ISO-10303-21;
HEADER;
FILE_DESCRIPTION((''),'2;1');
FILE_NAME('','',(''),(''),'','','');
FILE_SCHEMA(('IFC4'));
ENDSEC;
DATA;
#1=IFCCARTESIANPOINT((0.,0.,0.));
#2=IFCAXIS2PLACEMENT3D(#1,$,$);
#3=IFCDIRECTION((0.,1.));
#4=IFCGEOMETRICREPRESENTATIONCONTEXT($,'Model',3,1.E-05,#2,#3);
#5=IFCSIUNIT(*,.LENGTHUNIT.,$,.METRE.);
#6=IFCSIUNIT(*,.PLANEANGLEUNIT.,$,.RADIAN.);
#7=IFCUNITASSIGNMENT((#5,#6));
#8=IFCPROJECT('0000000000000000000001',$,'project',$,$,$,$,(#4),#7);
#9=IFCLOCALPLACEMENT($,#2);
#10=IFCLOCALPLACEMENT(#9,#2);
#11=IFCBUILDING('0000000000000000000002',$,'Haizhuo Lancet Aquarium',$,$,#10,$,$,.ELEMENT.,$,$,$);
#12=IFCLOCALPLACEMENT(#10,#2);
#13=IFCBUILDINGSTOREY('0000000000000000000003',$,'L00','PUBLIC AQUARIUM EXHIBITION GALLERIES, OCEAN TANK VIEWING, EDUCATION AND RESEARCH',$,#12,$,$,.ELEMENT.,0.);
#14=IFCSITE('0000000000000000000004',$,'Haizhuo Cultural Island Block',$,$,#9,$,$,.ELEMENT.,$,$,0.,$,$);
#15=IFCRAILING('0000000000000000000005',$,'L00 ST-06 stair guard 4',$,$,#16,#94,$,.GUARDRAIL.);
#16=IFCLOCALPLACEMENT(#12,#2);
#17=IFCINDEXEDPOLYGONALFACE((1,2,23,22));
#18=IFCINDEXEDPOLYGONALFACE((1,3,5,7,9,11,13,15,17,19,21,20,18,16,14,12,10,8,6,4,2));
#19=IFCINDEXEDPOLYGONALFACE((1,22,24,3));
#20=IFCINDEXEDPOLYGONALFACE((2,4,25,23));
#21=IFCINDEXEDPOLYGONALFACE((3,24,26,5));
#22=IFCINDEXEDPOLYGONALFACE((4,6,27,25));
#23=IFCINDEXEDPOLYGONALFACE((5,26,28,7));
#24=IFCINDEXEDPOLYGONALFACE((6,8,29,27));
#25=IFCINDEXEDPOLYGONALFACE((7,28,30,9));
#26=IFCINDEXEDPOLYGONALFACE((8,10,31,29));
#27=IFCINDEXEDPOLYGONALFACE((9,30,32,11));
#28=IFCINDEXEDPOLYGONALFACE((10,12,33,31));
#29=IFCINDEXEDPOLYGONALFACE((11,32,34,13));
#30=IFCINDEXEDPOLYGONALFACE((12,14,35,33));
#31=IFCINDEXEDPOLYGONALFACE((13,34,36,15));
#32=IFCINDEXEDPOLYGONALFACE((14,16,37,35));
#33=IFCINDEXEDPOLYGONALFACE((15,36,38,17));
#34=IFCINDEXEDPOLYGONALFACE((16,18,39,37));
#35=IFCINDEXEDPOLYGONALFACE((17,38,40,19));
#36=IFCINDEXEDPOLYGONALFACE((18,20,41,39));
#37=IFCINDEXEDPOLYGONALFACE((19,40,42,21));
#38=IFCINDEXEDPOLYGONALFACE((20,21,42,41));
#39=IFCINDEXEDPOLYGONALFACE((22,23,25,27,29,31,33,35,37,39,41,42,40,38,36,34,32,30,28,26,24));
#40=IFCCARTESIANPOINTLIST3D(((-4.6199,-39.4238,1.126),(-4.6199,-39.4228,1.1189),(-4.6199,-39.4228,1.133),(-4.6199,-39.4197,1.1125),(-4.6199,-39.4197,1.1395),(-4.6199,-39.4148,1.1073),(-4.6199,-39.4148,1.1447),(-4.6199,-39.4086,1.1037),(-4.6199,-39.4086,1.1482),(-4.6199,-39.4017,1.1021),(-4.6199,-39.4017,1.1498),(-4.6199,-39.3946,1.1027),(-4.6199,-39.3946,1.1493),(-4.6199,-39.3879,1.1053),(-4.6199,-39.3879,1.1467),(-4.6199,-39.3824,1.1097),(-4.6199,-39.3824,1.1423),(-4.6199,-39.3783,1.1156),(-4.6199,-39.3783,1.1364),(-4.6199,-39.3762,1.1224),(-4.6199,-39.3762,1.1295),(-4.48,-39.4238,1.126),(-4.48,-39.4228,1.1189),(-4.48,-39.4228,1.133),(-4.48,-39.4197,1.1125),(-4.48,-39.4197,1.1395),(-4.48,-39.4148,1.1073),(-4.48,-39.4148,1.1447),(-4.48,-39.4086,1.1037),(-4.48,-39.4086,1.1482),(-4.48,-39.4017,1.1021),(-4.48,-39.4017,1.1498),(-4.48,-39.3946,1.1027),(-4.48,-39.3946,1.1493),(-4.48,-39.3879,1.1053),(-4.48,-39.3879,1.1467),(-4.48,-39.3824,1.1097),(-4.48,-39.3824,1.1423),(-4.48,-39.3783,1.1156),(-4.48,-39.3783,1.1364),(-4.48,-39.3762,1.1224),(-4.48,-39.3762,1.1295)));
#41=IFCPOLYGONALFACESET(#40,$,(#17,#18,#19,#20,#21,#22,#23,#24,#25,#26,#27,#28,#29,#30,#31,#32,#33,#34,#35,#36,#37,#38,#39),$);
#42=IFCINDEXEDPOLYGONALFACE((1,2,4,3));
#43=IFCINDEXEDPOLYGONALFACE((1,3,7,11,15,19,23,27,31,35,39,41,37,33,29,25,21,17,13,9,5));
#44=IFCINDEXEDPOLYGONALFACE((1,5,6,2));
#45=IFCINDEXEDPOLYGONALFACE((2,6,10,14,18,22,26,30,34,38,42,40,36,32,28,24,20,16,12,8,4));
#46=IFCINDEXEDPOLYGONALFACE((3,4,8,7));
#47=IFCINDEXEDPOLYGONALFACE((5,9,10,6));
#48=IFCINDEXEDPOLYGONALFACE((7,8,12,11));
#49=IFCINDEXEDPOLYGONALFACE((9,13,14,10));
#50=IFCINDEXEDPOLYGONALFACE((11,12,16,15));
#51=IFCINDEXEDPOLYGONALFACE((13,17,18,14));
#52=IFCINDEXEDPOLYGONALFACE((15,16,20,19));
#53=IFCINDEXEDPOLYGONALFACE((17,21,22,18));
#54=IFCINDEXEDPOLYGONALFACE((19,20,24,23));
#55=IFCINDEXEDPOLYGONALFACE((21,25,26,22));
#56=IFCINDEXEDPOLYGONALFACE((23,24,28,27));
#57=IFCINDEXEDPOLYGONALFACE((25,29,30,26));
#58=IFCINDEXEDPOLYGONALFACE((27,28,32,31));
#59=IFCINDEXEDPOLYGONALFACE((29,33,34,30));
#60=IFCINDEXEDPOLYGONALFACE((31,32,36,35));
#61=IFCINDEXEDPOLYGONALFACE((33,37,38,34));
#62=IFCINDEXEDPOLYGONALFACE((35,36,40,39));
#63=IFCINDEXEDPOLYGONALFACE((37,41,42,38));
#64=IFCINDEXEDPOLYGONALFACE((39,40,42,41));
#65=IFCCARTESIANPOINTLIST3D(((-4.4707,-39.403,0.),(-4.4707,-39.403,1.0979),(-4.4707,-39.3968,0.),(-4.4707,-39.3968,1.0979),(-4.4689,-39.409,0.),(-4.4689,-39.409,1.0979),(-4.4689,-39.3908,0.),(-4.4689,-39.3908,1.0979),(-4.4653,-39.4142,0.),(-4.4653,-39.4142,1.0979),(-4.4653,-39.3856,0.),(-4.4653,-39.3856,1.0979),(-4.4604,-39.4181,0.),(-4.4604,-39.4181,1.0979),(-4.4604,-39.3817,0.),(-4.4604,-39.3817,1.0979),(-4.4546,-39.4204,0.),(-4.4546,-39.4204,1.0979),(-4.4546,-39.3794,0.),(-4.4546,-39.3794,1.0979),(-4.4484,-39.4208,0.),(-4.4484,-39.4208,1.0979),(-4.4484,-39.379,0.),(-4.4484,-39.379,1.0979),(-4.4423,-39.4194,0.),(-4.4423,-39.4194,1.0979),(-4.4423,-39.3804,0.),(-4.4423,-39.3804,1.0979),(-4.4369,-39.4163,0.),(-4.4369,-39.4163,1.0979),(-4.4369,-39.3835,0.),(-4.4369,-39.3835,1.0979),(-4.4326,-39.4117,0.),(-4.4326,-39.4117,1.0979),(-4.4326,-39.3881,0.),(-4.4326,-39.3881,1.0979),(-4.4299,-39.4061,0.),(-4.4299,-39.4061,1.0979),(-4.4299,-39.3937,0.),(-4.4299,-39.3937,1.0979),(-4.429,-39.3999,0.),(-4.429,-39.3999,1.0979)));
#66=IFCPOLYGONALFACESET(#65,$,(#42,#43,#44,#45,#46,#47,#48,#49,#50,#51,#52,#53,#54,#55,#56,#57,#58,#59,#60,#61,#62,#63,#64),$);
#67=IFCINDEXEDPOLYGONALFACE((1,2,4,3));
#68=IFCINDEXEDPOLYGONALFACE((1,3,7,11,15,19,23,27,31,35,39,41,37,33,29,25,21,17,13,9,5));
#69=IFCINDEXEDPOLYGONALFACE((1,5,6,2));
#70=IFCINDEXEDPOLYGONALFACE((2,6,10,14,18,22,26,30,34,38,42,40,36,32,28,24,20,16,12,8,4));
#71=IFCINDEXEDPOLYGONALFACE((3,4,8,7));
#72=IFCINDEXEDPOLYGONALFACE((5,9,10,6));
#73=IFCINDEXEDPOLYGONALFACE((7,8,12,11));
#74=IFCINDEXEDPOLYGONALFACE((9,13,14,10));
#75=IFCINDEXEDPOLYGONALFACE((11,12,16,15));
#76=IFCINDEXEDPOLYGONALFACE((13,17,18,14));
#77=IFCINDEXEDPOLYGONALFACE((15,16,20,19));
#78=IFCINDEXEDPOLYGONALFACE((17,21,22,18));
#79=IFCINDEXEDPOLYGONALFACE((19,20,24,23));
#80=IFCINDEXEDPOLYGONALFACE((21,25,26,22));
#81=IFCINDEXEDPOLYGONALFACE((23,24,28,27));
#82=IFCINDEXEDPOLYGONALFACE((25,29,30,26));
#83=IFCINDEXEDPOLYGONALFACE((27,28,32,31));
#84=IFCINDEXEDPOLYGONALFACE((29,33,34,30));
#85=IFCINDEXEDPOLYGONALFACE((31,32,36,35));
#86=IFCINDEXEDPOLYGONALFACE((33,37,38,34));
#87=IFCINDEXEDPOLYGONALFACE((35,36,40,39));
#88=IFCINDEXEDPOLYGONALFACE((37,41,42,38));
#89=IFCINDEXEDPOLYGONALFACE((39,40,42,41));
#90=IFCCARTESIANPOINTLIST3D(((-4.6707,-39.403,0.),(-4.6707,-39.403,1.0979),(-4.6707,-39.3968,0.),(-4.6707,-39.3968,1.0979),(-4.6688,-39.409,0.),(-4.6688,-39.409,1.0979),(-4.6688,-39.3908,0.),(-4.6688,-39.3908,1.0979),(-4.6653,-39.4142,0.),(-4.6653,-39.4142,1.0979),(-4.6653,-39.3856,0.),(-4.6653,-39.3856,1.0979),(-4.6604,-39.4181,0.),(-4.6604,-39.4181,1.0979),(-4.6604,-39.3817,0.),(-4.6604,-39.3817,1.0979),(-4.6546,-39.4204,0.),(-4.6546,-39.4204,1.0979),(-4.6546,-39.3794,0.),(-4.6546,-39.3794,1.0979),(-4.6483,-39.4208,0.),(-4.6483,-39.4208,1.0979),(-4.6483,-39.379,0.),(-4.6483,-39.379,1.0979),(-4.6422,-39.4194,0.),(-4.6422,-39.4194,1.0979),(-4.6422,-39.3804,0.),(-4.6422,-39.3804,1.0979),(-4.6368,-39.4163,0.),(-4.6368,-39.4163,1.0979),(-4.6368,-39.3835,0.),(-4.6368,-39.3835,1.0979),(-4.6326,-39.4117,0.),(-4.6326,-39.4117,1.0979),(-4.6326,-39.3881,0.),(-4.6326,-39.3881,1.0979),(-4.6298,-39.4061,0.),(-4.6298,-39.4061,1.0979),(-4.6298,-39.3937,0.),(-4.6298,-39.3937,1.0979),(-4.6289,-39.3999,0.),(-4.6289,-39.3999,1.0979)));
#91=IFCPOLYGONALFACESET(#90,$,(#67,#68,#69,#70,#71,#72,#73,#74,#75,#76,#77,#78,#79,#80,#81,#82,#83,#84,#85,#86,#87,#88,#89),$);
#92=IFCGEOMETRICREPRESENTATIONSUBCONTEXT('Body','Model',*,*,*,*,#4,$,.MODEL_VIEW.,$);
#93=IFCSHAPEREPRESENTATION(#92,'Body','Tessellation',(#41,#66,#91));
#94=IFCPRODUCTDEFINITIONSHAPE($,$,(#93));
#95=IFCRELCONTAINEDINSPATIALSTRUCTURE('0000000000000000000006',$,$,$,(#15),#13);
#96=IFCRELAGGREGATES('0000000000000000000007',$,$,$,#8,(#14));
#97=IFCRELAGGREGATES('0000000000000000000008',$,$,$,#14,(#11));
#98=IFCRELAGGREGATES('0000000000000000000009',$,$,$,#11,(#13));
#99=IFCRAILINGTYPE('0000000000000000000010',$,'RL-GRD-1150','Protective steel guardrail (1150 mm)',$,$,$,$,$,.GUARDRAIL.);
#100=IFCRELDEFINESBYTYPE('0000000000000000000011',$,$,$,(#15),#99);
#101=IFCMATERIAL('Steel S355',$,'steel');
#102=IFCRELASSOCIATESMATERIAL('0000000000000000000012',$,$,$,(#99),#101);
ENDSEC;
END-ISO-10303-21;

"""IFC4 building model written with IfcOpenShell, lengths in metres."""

from ifc_helpers import new_model, si_unit, direction, frame, origin, origin_2d, place, context, subcontext, project, spatial, circle, extrude, material, type_object, element, save


model = new_model("IFC4")

# Units and contexts
model_context = context("Model", 3, precision=1e-05, world=origin(), true_north=direction((0.0, 1.0)))
body_context = subcontext(model_context, "Body", "Model", "MODEL_VIEW")
ifc_project = project(units=[si_unit("LENGTHUNIT", "METRE"), si_unit("PLANEANGLEUNIT", "RADIAN")], contexts=[model_context])

# Site, building, storey
site_placement = place(None, origin())
site = spatial("IfcSite", under=ifc_project, at=site_placement, Name="Haizhuo Cultural Island Block", CompositionType="ELEMENT", RefElevation=0.0)
building_placement = place(site_placement, origin())
building = spatial("IfcBuilding", under=site, at=building_placement, Name="Haizhuo Lancet Aquarium", CompositionType="ELEMENT")
storey_placement = place(building_placement, origin())
storey = spatial("IfcBuildingStorey", under=building, at=storey_placement, Name="L00", Description="PUBLIC AQUARIUM EXHIBITION GALLERIES, OCEAN TANK VIEWING, EDUCATION AND RESEARCH", CompositionType="ELEMENT", Elevation=0.0)

# Shared definitions
ifc_material_1 = material(Name="Steel S355", Category="steel")

# Railing
railing_type_1 = type_object("IfcRailingType", Name="RL-GRD-1150", Description="Protective steel guardrail (1150 mm)", PredefinedType="GUARDRAIL", material=ifc_material_1)
railing_1_placement = place(storey_placement, frame((-4.45, -39.3999, 0.0)))
element("IfcRailing", 1, at=railing_1_placement, inside=storey, type_object=railing_type_1, Name="L00 ST-06 stair guard 4", PredefinedType="GUARDRAIL", context=body_context, shape_type="SweptSolid", body=[
    extrude(circle(Radius=0.0239, at=origin_2d()), frame((-0.03, 0.0, 1.126), z_axis=(-1.0, 0.0, 0.0), x_axis=(0.0, -1.0, 0.0)), (0.0, 0.0, 1.0), 0.1399),
    extrude(circle(Radius=0.021, at=origin_2d()), origin(), (0.0, 0.0, 1.0), 1.0979),
    extrude(circle(Radius=0.021, at=origin_2d()), frame((-0.2, 0.0, 0.0)), (0.0, 0.0, 1.0), 1.0979),
])

save(model, "model.ifc")
